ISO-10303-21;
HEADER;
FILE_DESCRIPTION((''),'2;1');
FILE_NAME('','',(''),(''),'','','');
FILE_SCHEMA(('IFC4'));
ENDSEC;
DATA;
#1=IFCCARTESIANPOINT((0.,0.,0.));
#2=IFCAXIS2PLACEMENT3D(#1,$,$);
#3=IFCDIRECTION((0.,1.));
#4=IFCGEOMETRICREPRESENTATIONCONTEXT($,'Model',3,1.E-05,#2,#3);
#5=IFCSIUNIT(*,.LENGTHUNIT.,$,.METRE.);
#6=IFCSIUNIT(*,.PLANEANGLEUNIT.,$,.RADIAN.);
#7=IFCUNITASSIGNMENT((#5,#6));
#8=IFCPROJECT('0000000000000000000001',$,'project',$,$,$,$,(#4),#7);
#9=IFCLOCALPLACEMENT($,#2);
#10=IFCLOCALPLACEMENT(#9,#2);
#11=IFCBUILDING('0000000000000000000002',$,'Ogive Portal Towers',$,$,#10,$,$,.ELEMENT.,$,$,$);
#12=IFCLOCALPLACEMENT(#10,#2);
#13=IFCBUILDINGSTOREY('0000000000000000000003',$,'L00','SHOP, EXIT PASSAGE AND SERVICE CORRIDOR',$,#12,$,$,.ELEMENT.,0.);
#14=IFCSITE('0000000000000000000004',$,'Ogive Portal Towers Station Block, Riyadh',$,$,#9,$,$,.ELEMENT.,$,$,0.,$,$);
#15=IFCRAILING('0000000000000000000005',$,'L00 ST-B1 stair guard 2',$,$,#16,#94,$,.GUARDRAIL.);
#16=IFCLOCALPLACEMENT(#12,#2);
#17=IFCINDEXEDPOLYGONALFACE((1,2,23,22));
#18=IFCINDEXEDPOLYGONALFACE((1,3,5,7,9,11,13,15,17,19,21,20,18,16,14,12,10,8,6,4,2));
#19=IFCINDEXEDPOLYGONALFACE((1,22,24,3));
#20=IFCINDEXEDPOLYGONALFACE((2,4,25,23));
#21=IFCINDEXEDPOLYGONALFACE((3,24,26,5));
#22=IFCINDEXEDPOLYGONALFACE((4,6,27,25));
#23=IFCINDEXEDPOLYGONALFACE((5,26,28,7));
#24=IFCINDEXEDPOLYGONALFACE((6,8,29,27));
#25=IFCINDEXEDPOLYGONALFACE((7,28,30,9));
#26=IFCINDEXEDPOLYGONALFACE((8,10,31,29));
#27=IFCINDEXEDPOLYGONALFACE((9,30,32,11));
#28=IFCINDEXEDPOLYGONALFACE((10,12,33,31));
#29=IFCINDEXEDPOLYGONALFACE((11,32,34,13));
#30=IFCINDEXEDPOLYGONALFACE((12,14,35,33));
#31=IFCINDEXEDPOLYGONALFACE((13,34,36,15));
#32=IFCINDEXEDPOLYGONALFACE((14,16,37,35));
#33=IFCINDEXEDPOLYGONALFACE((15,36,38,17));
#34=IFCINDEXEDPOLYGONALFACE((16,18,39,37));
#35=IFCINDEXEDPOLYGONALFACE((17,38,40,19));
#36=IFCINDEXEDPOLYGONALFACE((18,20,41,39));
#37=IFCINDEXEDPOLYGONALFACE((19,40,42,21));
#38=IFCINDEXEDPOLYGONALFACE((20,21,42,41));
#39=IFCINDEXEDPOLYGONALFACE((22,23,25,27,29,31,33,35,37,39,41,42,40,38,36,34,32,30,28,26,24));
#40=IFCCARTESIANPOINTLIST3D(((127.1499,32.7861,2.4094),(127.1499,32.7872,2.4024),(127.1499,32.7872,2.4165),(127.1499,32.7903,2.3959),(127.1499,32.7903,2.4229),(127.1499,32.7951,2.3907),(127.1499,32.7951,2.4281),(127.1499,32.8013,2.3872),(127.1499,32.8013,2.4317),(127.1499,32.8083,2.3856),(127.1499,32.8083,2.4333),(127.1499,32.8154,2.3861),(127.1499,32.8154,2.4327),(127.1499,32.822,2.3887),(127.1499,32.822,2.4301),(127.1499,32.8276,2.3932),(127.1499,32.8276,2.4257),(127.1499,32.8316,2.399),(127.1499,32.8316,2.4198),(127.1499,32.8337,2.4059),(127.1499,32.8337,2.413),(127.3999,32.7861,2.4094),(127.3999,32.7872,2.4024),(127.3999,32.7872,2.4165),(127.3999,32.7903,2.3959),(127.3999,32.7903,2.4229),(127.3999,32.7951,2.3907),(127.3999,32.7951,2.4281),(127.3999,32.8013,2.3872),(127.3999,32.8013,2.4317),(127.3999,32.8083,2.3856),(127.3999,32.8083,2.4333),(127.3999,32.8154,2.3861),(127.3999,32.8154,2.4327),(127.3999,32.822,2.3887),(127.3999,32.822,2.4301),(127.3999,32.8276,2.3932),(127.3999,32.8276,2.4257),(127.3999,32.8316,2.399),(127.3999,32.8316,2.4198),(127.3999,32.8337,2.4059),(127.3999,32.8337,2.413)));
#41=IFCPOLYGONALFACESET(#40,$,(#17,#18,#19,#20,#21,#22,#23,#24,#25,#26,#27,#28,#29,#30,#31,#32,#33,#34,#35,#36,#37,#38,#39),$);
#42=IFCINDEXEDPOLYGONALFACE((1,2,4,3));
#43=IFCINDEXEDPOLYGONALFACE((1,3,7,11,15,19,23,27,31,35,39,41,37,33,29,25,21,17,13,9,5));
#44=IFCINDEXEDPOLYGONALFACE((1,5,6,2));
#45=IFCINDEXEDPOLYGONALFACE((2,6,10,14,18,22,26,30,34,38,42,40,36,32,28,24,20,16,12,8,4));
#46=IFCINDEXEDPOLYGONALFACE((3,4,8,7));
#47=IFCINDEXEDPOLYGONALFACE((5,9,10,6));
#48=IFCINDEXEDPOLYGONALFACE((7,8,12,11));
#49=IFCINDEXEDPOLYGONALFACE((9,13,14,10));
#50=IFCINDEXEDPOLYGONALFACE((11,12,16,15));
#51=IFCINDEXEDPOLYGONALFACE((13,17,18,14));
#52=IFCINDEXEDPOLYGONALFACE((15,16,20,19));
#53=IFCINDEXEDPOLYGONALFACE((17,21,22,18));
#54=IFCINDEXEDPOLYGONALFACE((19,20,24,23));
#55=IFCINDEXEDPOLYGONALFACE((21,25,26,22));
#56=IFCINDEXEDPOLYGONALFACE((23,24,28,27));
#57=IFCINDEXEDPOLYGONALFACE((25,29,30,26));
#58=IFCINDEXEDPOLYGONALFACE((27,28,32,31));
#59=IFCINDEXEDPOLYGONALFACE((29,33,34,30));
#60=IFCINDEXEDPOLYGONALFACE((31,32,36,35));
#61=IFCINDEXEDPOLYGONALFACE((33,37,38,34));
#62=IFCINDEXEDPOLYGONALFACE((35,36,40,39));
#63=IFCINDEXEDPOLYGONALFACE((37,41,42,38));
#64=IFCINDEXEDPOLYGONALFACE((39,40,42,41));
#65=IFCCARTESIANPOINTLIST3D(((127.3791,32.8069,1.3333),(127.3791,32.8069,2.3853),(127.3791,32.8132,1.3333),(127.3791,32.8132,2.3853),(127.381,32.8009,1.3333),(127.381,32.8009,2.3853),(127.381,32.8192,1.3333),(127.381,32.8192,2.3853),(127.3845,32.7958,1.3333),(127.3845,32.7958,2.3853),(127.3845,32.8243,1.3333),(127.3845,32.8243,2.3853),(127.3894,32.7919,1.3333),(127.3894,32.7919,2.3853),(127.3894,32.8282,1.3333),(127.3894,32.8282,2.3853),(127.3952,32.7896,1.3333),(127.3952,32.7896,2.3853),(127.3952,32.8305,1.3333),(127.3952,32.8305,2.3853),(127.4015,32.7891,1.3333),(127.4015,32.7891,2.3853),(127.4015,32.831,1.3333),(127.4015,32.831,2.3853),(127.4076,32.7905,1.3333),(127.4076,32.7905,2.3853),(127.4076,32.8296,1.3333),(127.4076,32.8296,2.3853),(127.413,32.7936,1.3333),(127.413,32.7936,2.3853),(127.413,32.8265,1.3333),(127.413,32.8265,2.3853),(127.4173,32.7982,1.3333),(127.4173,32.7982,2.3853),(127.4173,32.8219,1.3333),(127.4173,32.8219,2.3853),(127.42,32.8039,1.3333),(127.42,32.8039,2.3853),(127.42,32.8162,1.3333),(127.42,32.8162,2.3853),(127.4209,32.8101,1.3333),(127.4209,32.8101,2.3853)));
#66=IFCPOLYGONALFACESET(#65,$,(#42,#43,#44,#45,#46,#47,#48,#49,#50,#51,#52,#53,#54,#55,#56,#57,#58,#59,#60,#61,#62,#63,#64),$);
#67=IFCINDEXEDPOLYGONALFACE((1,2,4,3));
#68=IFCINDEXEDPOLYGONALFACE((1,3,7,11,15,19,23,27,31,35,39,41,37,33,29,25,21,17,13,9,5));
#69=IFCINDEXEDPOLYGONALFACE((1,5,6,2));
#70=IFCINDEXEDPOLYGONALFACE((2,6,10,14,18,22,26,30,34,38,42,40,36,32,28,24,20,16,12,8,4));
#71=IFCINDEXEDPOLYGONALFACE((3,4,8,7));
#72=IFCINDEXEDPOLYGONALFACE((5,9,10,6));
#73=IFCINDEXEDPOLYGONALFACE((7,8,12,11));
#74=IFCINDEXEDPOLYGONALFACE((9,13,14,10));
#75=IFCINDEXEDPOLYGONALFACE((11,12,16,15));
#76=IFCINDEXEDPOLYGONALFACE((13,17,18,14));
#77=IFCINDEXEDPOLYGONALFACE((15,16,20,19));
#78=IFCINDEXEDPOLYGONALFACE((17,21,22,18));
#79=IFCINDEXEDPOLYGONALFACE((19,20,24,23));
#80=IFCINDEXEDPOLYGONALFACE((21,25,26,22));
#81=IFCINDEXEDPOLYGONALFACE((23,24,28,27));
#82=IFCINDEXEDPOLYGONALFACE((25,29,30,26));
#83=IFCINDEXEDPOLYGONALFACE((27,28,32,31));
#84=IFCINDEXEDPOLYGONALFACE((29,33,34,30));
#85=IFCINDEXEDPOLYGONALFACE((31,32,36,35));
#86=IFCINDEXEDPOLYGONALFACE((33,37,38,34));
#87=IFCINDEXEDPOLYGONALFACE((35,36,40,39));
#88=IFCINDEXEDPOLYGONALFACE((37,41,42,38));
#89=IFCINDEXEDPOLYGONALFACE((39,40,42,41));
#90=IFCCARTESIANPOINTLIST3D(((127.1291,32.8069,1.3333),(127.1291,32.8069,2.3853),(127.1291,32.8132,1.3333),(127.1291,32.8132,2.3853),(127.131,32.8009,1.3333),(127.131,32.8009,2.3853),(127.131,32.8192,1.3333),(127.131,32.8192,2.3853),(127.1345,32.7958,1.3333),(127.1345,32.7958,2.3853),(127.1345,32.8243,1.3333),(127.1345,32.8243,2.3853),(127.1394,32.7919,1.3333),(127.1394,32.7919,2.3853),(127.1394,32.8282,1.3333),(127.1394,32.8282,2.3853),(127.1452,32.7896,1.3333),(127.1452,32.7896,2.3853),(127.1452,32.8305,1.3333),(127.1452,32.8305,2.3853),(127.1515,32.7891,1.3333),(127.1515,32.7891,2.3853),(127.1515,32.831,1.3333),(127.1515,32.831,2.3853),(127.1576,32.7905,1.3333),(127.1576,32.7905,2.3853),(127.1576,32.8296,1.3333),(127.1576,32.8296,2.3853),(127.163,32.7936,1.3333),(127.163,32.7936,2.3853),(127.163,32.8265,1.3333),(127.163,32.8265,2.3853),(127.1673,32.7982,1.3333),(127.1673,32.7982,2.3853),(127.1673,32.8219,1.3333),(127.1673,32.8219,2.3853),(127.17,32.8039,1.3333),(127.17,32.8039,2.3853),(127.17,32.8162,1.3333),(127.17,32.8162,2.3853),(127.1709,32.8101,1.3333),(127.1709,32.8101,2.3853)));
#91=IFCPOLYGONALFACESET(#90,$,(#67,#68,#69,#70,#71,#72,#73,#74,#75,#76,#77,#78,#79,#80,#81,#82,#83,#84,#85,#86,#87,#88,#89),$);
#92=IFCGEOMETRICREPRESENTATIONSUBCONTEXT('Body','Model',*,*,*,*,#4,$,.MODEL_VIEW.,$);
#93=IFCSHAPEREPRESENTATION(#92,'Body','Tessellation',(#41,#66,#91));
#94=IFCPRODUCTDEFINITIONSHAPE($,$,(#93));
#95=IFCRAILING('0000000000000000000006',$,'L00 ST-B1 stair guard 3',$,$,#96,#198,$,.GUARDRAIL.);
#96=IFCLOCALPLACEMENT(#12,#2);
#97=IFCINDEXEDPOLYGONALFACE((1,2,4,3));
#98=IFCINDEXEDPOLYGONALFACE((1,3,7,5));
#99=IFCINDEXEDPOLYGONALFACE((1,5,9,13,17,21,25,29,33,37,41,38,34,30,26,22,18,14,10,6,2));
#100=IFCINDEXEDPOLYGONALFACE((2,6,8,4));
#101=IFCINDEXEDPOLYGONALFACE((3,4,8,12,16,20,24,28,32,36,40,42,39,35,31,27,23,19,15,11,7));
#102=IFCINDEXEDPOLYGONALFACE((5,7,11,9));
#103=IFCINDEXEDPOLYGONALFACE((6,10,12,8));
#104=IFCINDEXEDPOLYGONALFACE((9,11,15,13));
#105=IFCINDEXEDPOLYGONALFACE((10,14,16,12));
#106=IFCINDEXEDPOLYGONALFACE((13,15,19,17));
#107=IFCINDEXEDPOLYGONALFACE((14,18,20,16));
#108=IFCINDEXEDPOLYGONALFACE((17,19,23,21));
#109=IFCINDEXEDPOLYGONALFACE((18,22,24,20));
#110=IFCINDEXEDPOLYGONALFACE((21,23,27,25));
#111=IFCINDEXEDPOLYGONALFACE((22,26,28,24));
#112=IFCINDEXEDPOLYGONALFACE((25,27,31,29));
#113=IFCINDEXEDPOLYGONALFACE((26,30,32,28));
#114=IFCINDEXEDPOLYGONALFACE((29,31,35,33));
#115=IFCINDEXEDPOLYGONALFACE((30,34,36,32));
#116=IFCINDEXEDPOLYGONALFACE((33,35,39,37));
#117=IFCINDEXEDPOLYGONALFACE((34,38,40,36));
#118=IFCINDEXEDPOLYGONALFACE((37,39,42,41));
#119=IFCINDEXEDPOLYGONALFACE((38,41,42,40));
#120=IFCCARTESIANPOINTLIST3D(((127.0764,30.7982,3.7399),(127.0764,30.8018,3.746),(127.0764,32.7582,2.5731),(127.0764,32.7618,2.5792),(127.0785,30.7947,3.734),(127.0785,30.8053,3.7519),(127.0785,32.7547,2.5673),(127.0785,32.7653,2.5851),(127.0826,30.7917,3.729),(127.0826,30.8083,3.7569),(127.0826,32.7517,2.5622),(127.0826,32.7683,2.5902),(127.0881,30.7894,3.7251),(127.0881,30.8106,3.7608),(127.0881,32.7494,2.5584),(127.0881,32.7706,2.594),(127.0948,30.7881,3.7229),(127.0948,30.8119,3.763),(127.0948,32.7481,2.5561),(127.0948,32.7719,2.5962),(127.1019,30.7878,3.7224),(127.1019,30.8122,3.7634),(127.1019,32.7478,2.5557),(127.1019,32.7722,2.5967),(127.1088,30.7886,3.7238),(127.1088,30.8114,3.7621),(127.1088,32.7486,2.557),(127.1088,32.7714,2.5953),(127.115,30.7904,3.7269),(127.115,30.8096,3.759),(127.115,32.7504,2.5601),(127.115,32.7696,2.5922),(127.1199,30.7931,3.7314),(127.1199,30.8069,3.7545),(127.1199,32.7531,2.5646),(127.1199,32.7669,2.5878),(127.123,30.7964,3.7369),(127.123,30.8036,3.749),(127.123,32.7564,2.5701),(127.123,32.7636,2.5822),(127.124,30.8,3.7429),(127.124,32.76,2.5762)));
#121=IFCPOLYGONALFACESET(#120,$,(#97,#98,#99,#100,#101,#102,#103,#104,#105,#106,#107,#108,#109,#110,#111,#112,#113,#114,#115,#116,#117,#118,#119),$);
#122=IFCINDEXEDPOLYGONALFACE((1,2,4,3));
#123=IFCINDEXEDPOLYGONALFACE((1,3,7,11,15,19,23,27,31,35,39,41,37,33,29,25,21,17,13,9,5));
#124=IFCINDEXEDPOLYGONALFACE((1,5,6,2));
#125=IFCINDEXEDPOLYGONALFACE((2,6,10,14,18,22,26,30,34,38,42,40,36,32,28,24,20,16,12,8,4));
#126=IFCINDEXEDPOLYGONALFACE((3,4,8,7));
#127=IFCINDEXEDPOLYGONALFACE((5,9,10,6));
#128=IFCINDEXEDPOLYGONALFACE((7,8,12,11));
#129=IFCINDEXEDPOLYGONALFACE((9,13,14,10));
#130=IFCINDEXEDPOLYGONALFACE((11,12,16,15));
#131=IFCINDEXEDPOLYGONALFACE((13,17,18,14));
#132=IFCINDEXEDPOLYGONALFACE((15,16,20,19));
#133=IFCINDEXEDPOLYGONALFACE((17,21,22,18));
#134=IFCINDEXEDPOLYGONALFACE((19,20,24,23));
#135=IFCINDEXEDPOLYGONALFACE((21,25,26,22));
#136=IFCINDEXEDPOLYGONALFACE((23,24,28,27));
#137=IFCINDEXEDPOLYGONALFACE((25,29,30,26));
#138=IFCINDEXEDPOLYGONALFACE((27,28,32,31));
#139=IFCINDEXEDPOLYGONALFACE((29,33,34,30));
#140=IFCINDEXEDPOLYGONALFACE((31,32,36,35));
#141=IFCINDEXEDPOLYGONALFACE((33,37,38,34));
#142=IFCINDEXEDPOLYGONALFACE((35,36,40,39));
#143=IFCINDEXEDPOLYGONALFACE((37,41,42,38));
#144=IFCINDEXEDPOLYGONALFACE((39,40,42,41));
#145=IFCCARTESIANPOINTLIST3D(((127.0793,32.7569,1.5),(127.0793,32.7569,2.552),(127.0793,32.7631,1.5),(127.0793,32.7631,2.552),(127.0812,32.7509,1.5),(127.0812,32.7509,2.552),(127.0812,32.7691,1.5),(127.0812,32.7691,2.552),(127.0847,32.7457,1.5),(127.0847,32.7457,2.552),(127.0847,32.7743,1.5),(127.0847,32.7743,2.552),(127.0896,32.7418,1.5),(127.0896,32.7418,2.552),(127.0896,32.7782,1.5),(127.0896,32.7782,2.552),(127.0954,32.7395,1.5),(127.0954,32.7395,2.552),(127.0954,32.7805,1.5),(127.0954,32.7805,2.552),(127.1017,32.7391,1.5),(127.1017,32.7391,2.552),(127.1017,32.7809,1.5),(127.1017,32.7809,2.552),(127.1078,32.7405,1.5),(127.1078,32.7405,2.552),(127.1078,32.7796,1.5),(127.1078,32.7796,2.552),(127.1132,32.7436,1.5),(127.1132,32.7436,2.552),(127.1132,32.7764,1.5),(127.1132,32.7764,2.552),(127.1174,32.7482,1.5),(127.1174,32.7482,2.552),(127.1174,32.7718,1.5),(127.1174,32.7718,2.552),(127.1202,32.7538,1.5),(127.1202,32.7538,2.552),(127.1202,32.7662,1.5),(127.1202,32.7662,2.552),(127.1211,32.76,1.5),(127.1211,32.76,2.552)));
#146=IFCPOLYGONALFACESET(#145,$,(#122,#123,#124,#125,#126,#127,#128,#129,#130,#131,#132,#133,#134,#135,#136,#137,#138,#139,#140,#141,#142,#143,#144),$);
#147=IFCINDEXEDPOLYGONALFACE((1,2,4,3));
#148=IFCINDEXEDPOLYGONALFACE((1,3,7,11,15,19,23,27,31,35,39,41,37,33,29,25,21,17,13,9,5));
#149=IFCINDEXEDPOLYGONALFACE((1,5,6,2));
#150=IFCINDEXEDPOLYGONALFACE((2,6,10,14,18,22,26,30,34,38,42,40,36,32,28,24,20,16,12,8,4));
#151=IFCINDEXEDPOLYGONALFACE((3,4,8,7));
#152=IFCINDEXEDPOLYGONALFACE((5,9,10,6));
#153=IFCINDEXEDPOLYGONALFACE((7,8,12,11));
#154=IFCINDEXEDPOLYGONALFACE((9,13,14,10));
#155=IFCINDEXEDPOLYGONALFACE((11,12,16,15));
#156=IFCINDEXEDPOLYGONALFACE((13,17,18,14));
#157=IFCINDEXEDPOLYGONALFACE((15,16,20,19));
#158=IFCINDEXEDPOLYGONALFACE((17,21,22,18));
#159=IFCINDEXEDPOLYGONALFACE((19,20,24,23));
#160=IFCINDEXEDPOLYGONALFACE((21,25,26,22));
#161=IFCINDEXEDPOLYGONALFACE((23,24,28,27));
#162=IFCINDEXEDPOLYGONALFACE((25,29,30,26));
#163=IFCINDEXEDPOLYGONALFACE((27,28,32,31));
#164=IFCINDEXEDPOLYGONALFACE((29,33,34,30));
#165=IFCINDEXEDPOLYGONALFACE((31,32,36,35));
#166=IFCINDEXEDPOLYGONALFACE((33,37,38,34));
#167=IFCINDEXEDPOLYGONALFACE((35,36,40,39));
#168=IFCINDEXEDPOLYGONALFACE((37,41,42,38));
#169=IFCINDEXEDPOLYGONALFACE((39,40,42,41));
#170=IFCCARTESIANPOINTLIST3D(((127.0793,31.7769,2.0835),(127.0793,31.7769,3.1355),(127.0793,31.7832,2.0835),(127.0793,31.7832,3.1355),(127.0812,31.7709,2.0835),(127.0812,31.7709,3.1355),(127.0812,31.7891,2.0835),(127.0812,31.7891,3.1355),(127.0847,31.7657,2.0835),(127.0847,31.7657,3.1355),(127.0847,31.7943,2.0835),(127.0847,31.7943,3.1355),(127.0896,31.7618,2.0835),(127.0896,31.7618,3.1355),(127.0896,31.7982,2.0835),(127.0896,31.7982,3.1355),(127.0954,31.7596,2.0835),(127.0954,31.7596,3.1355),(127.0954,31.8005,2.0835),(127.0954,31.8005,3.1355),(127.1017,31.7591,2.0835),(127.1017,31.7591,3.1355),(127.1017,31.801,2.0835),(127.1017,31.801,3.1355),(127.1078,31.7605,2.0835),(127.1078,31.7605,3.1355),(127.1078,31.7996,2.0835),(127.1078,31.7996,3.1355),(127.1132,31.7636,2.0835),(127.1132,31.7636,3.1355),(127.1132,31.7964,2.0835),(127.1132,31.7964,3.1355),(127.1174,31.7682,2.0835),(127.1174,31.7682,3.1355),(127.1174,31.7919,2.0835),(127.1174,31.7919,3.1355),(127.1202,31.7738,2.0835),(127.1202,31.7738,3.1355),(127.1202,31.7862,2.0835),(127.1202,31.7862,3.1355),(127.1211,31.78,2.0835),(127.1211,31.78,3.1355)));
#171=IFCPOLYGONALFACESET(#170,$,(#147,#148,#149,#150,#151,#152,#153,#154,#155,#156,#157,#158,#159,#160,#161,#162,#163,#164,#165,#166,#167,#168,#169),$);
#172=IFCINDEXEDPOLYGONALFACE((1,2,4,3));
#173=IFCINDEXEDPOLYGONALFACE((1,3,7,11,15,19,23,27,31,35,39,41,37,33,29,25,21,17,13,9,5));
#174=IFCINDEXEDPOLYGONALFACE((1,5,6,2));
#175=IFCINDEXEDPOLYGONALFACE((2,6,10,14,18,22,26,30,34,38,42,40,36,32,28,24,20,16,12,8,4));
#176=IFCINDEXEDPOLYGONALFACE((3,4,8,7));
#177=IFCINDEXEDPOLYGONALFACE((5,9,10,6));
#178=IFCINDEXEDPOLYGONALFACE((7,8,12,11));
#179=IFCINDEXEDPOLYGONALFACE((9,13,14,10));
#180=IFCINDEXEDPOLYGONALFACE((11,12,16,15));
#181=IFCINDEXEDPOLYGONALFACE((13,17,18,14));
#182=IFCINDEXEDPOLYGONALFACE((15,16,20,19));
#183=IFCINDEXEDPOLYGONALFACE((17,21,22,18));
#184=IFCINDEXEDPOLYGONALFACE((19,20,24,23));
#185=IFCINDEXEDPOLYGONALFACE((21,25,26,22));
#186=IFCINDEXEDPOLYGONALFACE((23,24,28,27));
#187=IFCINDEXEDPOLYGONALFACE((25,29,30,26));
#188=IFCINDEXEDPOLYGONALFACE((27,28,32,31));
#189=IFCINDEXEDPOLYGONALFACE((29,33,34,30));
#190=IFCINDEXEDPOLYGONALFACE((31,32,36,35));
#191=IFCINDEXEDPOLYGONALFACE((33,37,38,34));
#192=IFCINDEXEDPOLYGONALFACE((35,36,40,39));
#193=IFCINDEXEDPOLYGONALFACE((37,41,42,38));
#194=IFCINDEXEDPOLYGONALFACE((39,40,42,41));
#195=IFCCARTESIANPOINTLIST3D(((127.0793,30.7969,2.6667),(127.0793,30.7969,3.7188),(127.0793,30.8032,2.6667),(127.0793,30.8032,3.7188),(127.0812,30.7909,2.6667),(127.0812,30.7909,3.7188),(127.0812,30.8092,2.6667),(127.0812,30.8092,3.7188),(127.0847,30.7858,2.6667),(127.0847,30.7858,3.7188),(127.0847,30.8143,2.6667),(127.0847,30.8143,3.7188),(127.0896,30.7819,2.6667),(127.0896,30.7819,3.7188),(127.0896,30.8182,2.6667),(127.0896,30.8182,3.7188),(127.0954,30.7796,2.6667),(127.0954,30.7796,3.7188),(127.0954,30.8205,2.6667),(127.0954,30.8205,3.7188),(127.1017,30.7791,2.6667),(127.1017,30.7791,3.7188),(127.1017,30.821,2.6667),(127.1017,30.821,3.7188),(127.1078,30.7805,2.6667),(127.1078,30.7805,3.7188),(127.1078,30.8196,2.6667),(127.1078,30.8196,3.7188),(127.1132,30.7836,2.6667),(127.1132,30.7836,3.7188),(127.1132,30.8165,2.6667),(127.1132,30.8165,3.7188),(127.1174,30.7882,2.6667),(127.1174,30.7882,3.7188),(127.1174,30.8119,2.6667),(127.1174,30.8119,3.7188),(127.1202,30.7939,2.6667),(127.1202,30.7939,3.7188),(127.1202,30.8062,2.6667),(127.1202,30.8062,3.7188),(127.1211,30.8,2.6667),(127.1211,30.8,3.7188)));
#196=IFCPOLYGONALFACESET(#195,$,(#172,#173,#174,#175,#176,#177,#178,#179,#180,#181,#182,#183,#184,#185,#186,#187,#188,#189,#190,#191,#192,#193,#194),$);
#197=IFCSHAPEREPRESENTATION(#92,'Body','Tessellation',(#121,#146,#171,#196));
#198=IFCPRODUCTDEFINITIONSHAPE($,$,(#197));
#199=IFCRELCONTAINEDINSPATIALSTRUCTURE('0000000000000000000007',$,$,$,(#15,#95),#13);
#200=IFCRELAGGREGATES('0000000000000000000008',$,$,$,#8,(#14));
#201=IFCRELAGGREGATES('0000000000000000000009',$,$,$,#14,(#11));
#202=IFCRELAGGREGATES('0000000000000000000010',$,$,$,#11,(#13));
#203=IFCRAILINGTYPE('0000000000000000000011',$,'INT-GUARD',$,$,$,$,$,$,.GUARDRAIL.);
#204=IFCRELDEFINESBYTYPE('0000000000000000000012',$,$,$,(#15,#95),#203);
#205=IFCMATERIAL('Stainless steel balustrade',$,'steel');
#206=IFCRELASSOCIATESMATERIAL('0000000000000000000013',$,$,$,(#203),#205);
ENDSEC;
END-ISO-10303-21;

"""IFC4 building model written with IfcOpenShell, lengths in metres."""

from ifc_helpers import new_model, si_unit, direction, frame, origin, origin_2d, place, context, subcontext, project, spatial, circle, extrude, material, type_object, element, save


model = new_model("IFC4")

# Units and contexts
model_context = context("Model", 3, precision=1e-05, world=origin(), true_north=direction((0.0, 1.0)))
body_context = subcontext(model_context, "Body", "Model", "MODEL_VIEW")
ifc_project = project(units=[si_unit("LENGTHUNIT", "METRE"), si_unit("PLANEANGLEUNIT", "RADIAN")], contexts=[model_context])

# Site, building, storey
site_placement = place(None, origin())
site = spatial("IfcSite", under=ifc_project, at=site_placement, Name="Ogive Portal Towers Station Block, Riyadh", CompositionType="ELEMENT", RefElevation=0.0)
building_placement = place(site_placement, origin())
building = spatial("IfcBuilding", under=site, at=building_placement, Name="Ogive Portal Towers", CompositionType="ELEMENT")
storey_placement = place(building_placement, origin())
storey = spatial("IfcBuildingStorey", under=building, at=storey_placement, Name="L00", Description="SHOP, EXIT PASSAGE AND SERVICE CORRIDOR", CompositionType="ELEMENT", Elevation=0.0)

# Railings
ifc_material_1 = material(Name="Stainless steel balustrade", Category="steel")
railing_type_1 = type_object("IfcRailingType", Name="INT-GUARD", PredefinedType="GUARDRAIL", material=ifc_material_1)
railing_1_placement = place(storey_placement, frame((127.3999, 32.8101, 1.3333)))
element("IfcRailing", 1, at=railing_1_placement, inside=storey, type_object=railing_type_1, Name="L00 ST-B1 stair guard 2", PredefinedType="GUARDRAIL", context=body_context, shape_type="SweptSolid", body=[
    extrude(circle(Radius=0.0239, at=origin_2d()), frame((0.0, 0.0, 1.0762), z_axis=(-1.0, 0.0, 0.0), x_axis=(0.0, -1.0, 0.0)), (0.0, 0.0, 1.0), 0.25),
    extrude(circle(Radius=0.021, at=origin_2d()), origin(), (0.0, 0.0, 1.0), 1.052),
    extrude(circle(Radius=0.021, at=origin_2d()), frame((-0.25, 0.0, 0.0)), (0.0, 0.0, 1.0), 1.052),
])
railing_2_placement = place(storey_placement, frame((127.1001, 32.76, 1.5)))
element("IfcRailing", 2, at=railing_2_placement, inside=storey, type_object=railing_type_1, Name="L00 ST-B1 stair guard 3", PredefinedType="GUARDRAIL", context=body_context, shape_type="SweptSolid", body=[
    extrude(circle(Radius=0.0239, at=origin_2d()), frame((0.0, 0.0, 1.0762), z_axis=(0.0, -0.859273, 0.511518), x_axis=(1.0, 0.0, 0.0)), (0.0, 0.0, 1.0), 2.281),
    extrude(circle(Radius=0.021, at=origin_2d()), origin(), (0.0, 0.0, 1.0), 1.052),
    extrude(circle(Radius=0.021, at=origin_2d()), frame((0.0, -0.98, 0.5835)), (0.0, 0.0, 1.0), 1.052),
    extrude(circle(Radius=0.021, at=origin_2d()), frame((0.0, -1.96, 1.1667)), (0.0, 0.0, 1.0), 1.052),
])

save(model, "model.ifc")
